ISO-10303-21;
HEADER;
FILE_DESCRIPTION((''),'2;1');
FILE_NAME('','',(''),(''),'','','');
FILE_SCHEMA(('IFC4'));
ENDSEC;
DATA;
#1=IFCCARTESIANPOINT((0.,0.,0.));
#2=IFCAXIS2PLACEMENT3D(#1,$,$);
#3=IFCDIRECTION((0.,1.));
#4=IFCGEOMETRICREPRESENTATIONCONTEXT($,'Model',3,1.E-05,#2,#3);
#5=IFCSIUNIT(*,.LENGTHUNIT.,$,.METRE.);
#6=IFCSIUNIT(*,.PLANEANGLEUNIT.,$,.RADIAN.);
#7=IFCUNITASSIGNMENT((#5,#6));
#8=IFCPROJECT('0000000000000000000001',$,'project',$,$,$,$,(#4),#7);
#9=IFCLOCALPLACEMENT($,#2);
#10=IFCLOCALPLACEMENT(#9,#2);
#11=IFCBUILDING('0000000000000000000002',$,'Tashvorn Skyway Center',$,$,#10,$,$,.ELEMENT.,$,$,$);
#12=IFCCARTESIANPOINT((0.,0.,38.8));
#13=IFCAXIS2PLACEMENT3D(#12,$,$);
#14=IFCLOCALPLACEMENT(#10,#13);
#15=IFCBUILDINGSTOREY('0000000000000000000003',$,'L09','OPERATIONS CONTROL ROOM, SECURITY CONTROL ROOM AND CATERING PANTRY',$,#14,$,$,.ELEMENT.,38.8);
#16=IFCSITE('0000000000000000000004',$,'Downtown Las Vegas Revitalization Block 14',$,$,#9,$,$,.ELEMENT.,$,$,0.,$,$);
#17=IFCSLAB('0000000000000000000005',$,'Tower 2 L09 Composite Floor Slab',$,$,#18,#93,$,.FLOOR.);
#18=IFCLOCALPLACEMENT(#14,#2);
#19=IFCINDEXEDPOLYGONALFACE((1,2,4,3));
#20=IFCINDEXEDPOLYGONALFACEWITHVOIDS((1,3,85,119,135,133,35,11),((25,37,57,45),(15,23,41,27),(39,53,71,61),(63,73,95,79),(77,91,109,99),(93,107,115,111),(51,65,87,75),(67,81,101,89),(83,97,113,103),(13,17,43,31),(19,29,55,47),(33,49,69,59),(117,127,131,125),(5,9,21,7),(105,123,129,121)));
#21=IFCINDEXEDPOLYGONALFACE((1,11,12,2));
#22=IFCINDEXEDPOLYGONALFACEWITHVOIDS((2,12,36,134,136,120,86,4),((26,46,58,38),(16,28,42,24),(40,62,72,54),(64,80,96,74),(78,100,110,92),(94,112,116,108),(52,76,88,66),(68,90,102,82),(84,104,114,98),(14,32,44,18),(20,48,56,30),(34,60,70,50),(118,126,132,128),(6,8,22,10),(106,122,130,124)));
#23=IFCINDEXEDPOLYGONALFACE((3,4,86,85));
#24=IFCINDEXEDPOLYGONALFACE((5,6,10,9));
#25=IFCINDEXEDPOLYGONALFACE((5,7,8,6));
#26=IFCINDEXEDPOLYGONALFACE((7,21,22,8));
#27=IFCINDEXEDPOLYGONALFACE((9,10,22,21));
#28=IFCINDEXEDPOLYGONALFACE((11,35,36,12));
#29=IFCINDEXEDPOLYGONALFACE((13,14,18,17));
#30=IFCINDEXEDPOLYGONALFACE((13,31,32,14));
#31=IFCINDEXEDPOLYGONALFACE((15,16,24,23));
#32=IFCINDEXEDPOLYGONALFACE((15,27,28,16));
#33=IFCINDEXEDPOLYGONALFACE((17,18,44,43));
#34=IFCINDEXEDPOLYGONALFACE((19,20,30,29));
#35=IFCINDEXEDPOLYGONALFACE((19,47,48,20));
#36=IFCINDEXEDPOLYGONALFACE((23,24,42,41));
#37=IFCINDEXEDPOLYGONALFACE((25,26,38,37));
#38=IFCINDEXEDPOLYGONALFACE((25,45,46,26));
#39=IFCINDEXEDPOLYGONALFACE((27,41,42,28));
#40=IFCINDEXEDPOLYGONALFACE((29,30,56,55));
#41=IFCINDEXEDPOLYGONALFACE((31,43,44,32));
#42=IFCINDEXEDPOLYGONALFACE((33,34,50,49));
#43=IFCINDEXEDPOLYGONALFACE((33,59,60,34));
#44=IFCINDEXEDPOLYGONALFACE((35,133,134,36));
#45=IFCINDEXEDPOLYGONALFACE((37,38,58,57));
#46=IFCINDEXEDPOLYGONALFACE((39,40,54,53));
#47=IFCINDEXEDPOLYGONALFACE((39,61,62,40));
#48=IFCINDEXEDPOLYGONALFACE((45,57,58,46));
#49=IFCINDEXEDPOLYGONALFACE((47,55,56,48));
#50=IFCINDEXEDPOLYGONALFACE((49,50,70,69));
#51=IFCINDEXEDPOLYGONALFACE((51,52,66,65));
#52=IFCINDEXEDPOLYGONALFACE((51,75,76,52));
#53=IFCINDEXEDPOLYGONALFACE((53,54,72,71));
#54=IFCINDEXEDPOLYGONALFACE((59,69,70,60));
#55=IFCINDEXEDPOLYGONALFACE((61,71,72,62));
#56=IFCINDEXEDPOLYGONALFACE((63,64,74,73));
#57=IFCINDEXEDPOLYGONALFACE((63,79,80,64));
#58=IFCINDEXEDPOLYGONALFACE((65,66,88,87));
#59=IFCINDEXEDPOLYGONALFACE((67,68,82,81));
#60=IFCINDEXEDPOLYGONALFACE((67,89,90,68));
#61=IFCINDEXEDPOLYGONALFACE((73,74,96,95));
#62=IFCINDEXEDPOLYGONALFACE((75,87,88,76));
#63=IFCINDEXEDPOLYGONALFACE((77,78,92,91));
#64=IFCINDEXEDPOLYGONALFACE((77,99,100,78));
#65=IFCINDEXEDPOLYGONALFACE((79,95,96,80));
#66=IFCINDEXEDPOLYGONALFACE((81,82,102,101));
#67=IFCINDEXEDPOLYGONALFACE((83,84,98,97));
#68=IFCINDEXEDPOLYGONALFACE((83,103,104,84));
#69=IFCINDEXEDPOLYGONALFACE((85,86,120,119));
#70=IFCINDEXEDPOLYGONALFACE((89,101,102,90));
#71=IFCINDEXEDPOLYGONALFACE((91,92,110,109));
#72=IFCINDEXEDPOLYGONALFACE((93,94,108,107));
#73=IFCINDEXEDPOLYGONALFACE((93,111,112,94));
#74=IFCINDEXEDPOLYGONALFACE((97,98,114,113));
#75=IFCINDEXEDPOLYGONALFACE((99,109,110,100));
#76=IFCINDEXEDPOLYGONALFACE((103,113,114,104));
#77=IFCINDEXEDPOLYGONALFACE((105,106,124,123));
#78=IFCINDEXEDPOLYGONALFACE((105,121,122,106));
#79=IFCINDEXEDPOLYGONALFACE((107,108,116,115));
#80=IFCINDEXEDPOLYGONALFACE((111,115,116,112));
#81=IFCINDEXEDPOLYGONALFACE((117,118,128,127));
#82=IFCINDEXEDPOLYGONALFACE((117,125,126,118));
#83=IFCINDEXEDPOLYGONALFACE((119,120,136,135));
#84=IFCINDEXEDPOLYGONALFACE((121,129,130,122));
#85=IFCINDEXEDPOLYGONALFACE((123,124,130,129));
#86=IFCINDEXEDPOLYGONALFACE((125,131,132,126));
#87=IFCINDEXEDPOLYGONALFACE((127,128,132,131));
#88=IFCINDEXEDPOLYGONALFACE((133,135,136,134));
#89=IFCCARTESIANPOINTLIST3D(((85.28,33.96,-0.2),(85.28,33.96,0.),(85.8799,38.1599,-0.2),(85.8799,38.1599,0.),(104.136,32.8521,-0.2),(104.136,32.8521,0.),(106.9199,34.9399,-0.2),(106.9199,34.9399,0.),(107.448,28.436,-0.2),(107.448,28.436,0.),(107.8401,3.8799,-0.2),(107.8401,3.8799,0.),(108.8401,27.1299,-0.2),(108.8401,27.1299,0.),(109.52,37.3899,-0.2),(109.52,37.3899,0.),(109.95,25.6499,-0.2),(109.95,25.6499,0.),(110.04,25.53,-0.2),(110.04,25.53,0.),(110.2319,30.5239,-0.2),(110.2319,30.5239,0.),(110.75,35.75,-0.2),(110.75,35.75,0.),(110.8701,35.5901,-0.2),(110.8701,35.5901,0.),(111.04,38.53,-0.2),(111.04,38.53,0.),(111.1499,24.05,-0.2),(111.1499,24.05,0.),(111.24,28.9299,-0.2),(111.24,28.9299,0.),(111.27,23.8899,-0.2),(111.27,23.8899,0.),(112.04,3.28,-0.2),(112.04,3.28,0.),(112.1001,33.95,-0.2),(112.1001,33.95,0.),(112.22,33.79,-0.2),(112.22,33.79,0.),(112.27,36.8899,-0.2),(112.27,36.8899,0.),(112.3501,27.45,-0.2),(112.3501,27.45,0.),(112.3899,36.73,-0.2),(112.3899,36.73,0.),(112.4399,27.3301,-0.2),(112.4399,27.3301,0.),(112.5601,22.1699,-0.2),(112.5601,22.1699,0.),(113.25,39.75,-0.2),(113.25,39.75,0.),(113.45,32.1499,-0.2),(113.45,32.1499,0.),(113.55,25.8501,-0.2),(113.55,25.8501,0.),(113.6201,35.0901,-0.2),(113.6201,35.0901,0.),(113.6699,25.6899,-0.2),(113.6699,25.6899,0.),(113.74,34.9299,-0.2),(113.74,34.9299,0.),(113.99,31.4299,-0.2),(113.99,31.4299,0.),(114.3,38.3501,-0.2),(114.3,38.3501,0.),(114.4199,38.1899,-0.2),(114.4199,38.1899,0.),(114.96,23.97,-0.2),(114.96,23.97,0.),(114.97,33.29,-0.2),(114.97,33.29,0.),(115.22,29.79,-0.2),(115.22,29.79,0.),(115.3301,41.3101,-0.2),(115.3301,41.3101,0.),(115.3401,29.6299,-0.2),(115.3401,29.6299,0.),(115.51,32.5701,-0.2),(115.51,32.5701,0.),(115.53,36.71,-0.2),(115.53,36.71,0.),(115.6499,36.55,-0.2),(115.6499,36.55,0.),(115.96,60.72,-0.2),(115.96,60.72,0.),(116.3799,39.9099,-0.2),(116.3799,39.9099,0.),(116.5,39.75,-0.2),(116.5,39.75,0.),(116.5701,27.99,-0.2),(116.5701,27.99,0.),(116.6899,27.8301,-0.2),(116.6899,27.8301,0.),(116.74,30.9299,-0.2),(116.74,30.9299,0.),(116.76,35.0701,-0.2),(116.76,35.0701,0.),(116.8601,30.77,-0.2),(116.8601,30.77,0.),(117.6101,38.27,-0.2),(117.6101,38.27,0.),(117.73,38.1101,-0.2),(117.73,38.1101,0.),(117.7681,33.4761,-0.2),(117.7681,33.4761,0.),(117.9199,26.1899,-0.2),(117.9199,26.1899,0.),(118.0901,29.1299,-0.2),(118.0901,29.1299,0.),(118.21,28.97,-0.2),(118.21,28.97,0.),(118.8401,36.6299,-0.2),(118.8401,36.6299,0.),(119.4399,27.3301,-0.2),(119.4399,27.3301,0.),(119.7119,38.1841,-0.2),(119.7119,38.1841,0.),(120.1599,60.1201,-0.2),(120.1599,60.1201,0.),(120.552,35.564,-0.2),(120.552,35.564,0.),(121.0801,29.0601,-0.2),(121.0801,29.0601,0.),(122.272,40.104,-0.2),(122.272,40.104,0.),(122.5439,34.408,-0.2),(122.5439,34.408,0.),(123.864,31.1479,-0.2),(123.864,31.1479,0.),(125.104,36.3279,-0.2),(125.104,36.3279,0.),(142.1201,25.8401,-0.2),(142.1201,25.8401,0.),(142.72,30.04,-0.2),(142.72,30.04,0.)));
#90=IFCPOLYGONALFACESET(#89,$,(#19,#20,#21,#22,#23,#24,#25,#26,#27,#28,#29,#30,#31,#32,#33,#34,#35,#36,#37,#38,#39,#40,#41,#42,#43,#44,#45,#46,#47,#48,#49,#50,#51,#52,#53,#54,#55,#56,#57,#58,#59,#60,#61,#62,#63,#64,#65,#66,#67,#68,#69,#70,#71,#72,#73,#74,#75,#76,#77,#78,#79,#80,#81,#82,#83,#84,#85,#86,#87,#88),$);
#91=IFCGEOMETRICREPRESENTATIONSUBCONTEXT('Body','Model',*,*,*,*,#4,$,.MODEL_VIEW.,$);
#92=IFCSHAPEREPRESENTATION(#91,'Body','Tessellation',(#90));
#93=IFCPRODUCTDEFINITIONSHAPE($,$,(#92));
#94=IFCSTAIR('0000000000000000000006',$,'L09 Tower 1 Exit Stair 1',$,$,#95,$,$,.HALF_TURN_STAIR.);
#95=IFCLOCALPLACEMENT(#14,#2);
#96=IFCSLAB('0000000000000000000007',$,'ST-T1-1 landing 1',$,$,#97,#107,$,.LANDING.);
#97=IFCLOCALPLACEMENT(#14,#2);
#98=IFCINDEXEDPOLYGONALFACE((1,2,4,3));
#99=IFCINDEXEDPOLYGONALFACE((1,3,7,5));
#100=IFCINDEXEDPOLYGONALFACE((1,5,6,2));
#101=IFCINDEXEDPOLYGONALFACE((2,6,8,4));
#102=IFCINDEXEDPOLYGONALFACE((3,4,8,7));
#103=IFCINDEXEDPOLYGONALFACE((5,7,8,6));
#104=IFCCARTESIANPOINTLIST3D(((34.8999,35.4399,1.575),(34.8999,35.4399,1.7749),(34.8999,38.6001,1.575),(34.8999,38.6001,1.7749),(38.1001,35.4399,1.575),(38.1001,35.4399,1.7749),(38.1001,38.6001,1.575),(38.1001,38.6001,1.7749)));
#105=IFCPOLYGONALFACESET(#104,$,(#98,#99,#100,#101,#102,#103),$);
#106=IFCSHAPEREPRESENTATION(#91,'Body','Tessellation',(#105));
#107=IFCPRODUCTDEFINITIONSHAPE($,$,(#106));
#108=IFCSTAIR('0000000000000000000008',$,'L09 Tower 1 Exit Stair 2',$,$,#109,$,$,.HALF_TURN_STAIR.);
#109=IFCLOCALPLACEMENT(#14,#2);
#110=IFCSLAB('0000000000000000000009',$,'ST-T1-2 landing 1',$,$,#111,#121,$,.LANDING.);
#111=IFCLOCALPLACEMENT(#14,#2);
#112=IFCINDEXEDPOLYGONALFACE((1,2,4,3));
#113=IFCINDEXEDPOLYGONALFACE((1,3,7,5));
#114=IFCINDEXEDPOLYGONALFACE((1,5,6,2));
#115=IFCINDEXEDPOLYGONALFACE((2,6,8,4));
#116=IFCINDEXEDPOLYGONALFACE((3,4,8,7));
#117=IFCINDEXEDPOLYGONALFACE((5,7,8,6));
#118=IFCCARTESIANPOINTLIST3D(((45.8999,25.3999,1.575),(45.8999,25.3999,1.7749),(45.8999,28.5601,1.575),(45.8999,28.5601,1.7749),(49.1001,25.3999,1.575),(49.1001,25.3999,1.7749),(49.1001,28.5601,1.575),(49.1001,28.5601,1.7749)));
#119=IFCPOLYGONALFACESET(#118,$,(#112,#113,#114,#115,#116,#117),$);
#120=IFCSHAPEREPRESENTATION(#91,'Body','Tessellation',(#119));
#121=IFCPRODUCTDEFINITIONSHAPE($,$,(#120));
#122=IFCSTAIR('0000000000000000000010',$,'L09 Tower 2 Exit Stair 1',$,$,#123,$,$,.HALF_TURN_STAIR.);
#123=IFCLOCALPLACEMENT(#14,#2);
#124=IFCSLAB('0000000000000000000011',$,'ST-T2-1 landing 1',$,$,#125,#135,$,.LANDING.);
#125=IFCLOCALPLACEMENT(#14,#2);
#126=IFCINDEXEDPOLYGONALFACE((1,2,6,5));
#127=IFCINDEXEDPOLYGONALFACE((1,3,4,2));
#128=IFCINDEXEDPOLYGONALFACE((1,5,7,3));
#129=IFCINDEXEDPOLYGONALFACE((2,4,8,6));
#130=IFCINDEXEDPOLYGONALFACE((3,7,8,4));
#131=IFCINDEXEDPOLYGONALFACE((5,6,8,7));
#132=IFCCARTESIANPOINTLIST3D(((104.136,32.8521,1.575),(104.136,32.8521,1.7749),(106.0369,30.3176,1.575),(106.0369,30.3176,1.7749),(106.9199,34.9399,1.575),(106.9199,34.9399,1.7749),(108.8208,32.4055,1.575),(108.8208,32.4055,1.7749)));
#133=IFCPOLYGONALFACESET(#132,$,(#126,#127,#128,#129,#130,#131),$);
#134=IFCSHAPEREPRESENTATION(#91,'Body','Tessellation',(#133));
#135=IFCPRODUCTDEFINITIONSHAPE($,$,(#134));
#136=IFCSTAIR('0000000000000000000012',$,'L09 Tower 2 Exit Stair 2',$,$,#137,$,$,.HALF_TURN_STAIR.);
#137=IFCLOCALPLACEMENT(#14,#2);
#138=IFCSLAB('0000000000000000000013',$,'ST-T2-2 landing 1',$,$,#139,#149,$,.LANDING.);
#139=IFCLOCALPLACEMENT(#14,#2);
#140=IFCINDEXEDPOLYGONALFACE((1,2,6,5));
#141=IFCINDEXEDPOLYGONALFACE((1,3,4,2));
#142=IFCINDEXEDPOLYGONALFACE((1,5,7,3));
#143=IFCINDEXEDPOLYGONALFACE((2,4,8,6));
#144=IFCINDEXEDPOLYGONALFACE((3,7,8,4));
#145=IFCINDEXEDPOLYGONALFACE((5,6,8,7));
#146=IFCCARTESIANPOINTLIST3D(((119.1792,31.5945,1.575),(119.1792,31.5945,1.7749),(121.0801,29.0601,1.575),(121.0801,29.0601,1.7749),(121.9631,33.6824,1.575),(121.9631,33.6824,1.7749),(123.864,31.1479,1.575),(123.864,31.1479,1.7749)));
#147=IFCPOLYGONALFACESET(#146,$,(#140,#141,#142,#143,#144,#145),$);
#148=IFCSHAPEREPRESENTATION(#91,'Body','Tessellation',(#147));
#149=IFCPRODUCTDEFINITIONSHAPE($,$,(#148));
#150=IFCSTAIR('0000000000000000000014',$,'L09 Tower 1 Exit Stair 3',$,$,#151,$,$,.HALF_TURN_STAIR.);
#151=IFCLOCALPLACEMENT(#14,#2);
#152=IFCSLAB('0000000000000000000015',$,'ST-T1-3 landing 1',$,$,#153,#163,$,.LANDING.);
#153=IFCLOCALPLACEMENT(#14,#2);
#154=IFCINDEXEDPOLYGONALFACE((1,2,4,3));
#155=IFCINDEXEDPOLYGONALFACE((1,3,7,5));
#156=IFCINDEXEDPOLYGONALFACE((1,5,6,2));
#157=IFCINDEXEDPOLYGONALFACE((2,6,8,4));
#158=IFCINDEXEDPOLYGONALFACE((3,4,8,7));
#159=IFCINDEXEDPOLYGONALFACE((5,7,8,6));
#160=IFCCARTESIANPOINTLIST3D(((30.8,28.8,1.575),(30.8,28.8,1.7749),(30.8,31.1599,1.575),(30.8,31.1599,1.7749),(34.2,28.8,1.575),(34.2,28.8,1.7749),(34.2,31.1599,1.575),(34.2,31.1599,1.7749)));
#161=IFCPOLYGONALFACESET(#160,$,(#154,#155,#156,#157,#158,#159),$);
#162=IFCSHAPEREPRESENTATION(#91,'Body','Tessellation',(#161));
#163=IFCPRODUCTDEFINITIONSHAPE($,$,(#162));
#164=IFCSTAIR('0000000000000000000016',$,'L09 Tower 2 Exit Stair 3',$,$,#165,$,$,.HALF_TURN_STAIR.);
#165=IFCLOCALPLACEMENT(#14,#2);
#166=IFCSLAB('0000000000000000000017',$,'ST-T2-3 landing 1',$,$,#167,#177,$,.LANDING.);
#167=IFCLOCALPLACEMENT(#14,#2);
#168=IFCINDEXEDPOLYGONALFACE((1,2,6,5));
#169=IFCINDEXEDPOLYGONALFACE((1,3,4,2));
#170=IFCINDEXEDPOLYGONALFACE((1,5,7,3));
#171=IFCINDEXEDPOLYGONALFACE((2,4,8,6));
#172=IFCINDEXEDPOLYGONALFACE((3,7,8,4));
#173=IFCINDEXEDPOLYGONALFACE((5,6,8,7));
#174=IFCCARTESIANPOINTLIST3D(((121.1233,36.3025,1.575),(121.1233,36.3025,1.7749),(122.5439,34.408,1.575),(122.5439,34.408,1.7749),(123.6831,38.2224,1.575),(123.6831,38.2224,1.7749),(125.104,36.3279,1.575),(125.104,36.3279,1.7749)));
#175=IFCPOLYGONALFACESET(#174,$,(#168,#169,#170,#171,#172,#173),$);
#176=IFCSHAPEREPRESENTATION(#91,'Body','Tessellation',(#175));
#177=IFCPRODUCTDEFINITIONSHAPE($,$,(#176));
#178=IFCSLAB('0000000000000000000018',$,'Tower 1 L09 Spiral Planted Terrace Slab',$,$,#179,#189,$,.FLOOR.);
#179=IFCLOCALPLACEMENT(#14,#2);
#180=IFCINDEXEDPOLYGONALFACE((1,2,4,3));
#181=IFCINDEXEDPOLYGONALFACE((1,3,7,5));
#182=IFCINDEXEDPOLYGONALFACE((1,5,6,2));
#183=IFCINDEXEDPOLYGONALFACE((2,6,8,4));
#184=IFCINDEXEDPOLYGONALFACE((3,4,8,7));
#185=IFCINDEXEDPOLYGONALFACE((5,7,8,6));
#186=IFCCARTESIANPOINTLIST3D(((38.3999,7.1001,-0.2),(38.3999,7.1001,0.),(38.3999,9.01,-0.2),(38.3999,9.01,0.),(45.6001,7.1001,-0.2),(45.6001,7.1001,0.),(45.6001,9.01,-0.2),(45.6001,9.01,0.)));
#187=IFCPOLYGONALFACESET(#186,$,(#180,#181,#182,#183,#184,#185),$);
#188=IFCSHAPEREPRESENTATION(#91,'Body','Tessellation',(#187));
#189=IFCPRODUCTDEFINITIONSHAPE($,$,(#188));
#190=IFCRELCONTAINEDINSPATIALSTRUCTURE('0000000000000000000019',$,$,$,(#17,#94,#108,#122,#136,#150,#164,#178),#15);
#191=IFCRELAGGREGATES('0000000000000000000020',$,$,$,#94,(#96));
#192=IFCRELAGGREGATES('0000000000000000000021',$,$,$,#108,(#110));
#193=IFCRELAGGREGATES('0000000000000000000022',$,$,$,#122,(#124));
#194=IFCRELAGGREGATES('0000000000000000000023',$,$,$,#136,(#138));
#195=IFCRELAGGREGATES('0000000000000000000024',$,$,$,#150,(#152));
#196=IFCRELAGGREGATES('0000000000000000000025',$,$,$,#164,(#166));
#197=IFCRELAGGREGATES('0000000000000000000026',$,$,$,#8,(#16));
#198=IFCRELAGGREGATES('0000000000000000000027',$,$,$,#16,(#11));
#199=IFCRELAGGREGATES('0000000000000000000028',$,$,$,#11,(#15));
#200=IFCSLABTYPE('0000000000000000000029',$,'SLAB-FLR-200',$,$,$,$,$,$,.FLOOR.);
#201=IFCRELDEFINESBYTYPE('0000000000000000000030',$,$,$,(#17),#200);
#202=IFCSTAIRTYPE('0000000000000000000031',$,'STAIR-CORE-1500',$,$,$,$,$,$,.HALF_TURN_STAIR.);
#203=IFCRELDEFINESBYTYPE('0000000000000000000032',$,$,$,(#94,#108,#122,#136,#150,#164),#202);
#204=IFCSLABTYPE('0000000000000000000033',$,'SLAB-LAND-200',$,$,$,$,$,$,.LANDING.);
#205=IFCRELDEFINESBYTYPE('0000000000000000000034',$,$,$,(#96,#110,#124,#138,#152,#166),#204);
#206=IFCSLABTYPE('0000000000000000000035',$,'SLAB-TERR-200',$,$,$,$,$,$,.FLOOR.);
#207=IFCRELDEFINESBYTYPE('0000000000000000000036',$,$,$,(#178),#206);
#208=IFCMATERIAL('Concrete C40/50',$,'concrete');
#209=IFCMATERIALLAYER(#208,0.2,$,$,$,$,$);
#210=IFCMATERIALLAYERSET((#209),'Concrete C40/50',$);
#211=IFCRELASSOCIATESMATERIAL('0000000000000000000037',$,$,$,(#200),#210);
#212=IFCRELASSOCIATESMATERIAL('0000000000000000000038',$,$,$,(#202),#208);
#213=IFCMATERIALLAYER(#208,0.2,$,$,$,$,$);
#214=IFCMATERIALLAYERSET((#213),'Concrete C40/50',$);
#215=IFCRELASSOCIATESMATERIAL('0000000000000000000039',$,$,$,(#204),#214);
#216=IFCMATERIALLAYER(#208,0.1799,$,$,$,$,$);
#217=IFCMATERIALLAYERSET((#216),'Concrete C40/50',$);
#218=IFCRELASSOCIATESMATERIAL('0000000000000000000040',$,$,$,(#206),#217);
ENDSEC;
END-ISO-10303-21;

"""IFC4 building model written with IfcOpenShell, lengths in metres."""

from ifc_helpers import new_model, si_unit, direction, frame, origin, place, context, subcontext, project, spatial, polyline, outline, extrude, material, layer, layer_set, type_object, element, aggregate, save


model = new_model("IFC4")

# Units and contexts
model_context = context("Model", 3, precision=1e-05, world=origin(), true_north=direction((0.0, 1.0)))
body_context = subcontext(model_context, "Body", "Model", "MODEL_VIEW")
ifc_project = project(units=[si_unit("LENGTHUNIT", "METRE"), si_unit("PLANEANGLEUNIT", "RADIAN")], contexts=[model_context])

# Site, building, storey
site_placement = place(None, origin())
site = spatial("IfcSite", under=ifc_project, at=site_placement, Name="Downtown Las Vegas Revitalization Block 14", CompositionType="ELEMENT", RefElevation=0.0)
building_placement = place(site_placement, origin())
building = spatial("IfcBuilding", under=site, at=building_placement, Name="Tashvorn Skyway Center", CompositionType="ELEMENT")
storey_placement = place(building_placement, frame((0.0, 0.0, 38.8)))
storey = spatial("IfcBuildingStorey", under=building, at=storey_placement, Name="L09", Description="OPERATIONS CONTROL ROOM, SECURITY CONTROL ROOM AND CATERING PANTRY", CompositionType="ELEMENT", Elevation=38.8)

# Slab
ifc_material_1 = material(Name="Concrete C40/50", Category="concrete")
ifc_layer_1 = layer(ifc_material_1, 0.2)
ifc_layer_set_1 = layer_set([ifc_layer_1], Name="Concrete C40/50")
slab_type_1 = type_object("IfcSlabType", Name="SLAB-FLR-200", PredefinedType="FLOOR", material=ifc_layer_set_1)
slab_1_placement = place(storey_placement, frame((0.0, 0.0, -0.2)))
element("IfcSlab", 1, at=slab_1_placement, inside=storey, type_object=slab_type_1, Name="Tower 2 L09 Composite Floor Slab", PredefinedType="FLOOR", context=body_context, shape_type="SweptSolid", body=[
    extrude(outline(polyline([(112.04, 3.28), (142.1201, 25.8401), (142.72, 30.04), (120.1599, 60.1201), (115.96, 60.72), (85.8799, 38.1599), (85.28, 33.96), (107.8401, 3.8799), (112.04, 3.28)]), holes=[polyline([(110.2319, 30.5239), (106.9199, 34.9399), (104.136, 32.8521), (107.448, 28.436), (110.2319, 30.5239)]), polyline([(117.7681, 33.4761), (121.0801, 29.0601), (123.864, 31.1479), (120.552, 35.564), (117.7681, 33.4761)]), polyline([(119.7119, 38.1841), (122.5439, 34.408), (125.104, 36.3279), (122.272, 40.104), (119.7119, 38.1841)]), polyline([(109.95, 25.6499), (112.3501, 27.45), (111.24, 28.9299), (108.8401, 27.1299), (109.95, 25.6499)]), polyline([(111.1499, 24.05), (113.55, 25.8501), (112.4399, 27.3301), (110.04, 25.53), (111.1499, 24.05)]), polyline([(112.5601, 22.1699), (114.96, 23.97), (113.6699, 25.6899), (111.27, 23.8899), (112.5601, 22.1699)]), polyline([(117.9199, 26.1899), (119.4399, 27.3301), (118.21, 28.97), (116.6899, 27.8301), (117.9199, 26.1899)]), polyline([(116.5701, 27.99), (118.0901, 29.1299), (116.8601, 30.77), (115.3401, 29.6299), (116.5701, 27.99)]), polyline([(115.22, 29.79), (116.74, 30.9299), (115.51, 32.5701), (113.99, 31.4299), (115.22, 29.79)]), polyline([(113.45, 32.1499), (114.97, 33.29), (113.74, 34.9299), (112.22, 33.79), (113.45, 32.1499)]), polyline([(112.1001, 33.95), (113.6201, 35.0901), (112.3899, 36.73), (110.8701, 35.5901), (112.1001, 33.95)]), polyline([(110.75, 35.75), (112.27, 36.8899), (111.04, 38.53), (109.52, 37.3899), (110.75, 35.75)]), polyline([(116.76, 35.0701), (118.8401, 36.6299), (117.73, 38.1101), (115.6499, 36.55), (116.76, 35.0701)]), polyline([(115.53, 36.71), (117.6101, 38.27), (116.5, 39.75), (114.4199, 38.1899), (115.53, 36.71)]), polyline([(114.3, 38.3501), (116.3799, 39.9099), (115.3301, 41.3101), (113.25, 39.75), (114.3, 38.3501)])]), origin(), (0.0, 0.0, 1.0), 0.2),
])

# Stairs, slabs
stair_type = type_object("IfcStairType", Name="STAIR-CORE-1500", PredefinedType="HALF_TURN_STAIR", material=ifc_material_1)
stair_1_placement = place(storey_placement, origin())
stair_1 = element("IfcStair", 2, at=stair_1_placement, inside=storey, type_object=stair_type, Name="L09 Tower 1 Exit Stair 1", PredefinedType="HALF_TURN_STAIR")
ifc_layer_2 = layer(ifc_material_1, 0.2)
ifc_layer_set_2 = layer_set([ifc_layer_2], Name="Concrete C40/50")
slab_type_2 = type_object("IfcSlabType", Name="SLAB-LAND-200", PredefinedType="LANDING", material=ifc_layer_set_2)
slab_2_placement = place(storey_placement, frame((0.0, 0.0, 1.575)))
slab_2 = element("IfcSlab", 3, at=slab_2_placement, type_object=slab_type_2, Name="ST-T1-1 landing 1", PredefinedType="LANDING", context=body_context, shape_type="SweptSolid", body=[
    extrude(outline(polyline([(38.1001, 35.4399), (38.1001, 38.6001), (34.8999, 38.6001), (34.8999, 35.4399), (38.1001, 35.4399)])), origin(), (0.0, 0.0, 1.0), 0.2),
])
aggregate(stair_1, [slab_2])
stair_2_placement = place(storey_placement, origin())
stair_2 = element("IfcStair", 4, at=stair_2_placement, inside=storey, type_object=stair_type, Name="L09 Tower 1 Exit Stair 2", PredefinedType="HALF_TURN_STAIR")
slab_3_placement = place(storey_placement, frame((0.0, 0.0, 1.575)))
slab_3 = element("IfcSlab", 5, at=slab_3_placement, type_object=slab_type_2, Name="ST-T1-2 landing 1", PredefinedType="LANDING", context=body_context, shape_type="SweptSolid", body=[
    extrude(outline(polyline([(45.8999, 28.5601), (45.8999, 25.3999), (49.1001, 25.3999), (49.1001, 28.5601), (45.8999, 28.5601)])), origin(), (0.0, 0.0, 1.0), 0.2),
])
aggregate(stair_2, [slab_3])
stair_3_placement = place(storey_placement, origin())
stair_3 = element("IfcStair", 6, at=stair_3_placement, inside=storey, type_object=stair_type, Name="L09 Tower 2 Exit Stair 1", PredefinedType="HALF_TURN_STAIR")
slab_4_placement = place(storey_placement, frame((0.0, 0.0, 1.575)))
slab_4 = element("IfcSlab", 7, at=slab_4_placement, type_object=slab_type_2, Name="ST-T2-1 landing 1", PredefinedType="LANDING", context=body_context, shape_type="SweptSolid", body=[
    extrude(outline(polyline([(108.8208, 32.4055), (106.9199, 34.9399), (104.136, 32.8521), (106.0369, 30.3176), (108.8208, 32.4055)])), origin(), (0.0, 0.0, 1.0), 0.2),
])
aggregate(stair_3, [slab_4])
stair_4_placement = place(storey_placement, origin())
stair_4 = element("IfcStair", 8, at=stair_4_placement, inside=storey, type_object=stair_type, Name="L09 Tower 2 Exit Stair 2", PredefinedType="HALF_TURN_STAIR")
slab_5_placement = place(storey_placement, frame((0.0, 0.0, 1.575)))
slab_5 = element("IfcSlab", 9, at=slab_5_placement, type_object=slab_type_2, Name="ST-T2-2 landing 1", PredefinedType="LANDING", context=body_context, shape_type="SweptSolid", body=[
    extrude(outline(polyline([(119.1792, 31.5945), (121.0801, 29.0601), (123.864, 31.1479), (121.9631, 33.6824), (119.1792, 31.5945)])), origin(), (0.0, 0.0, 1.0), 0.2),
])
aggregate(stair_4, [slab_5])
stair_5_placement = place(storey_placement, origin())
stair_5 = element("IfcStair", 10, at=stair_5_placement, inside=storey, type_object=stair_type, Name="L09 Tower 1 Exit Stair 3", PredefinedType="HALF_TURN_STAIR")
slab_6_placement = place(storey_placement, frame((0.0, 0.0, 1.575)))
slab_6 = element("IfcSlab", 11, at=slab_6_placement, type_object=slab_type_2, Name="ST-T1-3 landing 1", PredefinedType="LANDING", context=body_context, shape_type="SweptSolid", body=[
    extrude(outline(polyline([(30.8, 31.1599), (30.8, 28.8), (34.2, 28.8), (34.2, 31.1599), (30.8, 31.1599)])), origin(), (0.0, 0.0, 1.0), 0.2),
])
aggregate(stair_5, [slab_6])
stair_6_placement = place(storey_placement, origin())
stair_6 = element("IfcStair", 12, at=stair_6_placement, inside=storey, type_object=stair_type, Name="L09 Tower 2 Exit Stair 3", PredefinedType="HALF_TURN_STAIR")
slab_7_placement = place(storey_placement, frame((0.0, 0.0, 1.575)))
slab_7 = element("IfcSlab", 13, at=slab_7_placement, type_object=slab_type_2, Name="ST-T2-3 landing 1", PredefinedType="LANDING", context=body_context, shape_type="SweptSolid", body=[
    extrude(outline(polyline([(121.1233, 36.3025), (122.5439, 34.408), (125.104, 36.3279), (123.6831, 38.2224), (121.1233, 36.3025)])), origin(), (0.0, 0.0, 1.0), 0.2),
])
aggregate(stair_6, [slab_7])

# Slab
ifc_layer_3 = layer(ifc_material_1, 0.1799)
ifc_layer_set_3 = layer_set([ifc_layer_3], Name="Concrete C40/50")
slab_type_3 = type_object("IfcSlabType", Name="SLAB-TERR-200", PredefinedType="FLOOR", material=ifc_layer_set_3)
slab_8_placement = place(storey_placement, frame((0.0, 0.0, -0.2)))
element("IfcSlab", 14, at=slab_8_placement, inside=storey, type_object=slab_type_3, Name="Tower 1 L09 Spiral Planted Terrace Slab", PredefinedType="FLOOR", context=body_context, shape_type="SweptSolid", body=[
    extrude(outline(polyline([(38.3999, 7.1001), (45.6001, 7.1001), (45.6001, 9.01), (38.3999, 9.01), (38.3999, 7.1001)])), origin(), (0.0, 0.0, 1.0), 0.2),
])

save(model, "model.ifc")
